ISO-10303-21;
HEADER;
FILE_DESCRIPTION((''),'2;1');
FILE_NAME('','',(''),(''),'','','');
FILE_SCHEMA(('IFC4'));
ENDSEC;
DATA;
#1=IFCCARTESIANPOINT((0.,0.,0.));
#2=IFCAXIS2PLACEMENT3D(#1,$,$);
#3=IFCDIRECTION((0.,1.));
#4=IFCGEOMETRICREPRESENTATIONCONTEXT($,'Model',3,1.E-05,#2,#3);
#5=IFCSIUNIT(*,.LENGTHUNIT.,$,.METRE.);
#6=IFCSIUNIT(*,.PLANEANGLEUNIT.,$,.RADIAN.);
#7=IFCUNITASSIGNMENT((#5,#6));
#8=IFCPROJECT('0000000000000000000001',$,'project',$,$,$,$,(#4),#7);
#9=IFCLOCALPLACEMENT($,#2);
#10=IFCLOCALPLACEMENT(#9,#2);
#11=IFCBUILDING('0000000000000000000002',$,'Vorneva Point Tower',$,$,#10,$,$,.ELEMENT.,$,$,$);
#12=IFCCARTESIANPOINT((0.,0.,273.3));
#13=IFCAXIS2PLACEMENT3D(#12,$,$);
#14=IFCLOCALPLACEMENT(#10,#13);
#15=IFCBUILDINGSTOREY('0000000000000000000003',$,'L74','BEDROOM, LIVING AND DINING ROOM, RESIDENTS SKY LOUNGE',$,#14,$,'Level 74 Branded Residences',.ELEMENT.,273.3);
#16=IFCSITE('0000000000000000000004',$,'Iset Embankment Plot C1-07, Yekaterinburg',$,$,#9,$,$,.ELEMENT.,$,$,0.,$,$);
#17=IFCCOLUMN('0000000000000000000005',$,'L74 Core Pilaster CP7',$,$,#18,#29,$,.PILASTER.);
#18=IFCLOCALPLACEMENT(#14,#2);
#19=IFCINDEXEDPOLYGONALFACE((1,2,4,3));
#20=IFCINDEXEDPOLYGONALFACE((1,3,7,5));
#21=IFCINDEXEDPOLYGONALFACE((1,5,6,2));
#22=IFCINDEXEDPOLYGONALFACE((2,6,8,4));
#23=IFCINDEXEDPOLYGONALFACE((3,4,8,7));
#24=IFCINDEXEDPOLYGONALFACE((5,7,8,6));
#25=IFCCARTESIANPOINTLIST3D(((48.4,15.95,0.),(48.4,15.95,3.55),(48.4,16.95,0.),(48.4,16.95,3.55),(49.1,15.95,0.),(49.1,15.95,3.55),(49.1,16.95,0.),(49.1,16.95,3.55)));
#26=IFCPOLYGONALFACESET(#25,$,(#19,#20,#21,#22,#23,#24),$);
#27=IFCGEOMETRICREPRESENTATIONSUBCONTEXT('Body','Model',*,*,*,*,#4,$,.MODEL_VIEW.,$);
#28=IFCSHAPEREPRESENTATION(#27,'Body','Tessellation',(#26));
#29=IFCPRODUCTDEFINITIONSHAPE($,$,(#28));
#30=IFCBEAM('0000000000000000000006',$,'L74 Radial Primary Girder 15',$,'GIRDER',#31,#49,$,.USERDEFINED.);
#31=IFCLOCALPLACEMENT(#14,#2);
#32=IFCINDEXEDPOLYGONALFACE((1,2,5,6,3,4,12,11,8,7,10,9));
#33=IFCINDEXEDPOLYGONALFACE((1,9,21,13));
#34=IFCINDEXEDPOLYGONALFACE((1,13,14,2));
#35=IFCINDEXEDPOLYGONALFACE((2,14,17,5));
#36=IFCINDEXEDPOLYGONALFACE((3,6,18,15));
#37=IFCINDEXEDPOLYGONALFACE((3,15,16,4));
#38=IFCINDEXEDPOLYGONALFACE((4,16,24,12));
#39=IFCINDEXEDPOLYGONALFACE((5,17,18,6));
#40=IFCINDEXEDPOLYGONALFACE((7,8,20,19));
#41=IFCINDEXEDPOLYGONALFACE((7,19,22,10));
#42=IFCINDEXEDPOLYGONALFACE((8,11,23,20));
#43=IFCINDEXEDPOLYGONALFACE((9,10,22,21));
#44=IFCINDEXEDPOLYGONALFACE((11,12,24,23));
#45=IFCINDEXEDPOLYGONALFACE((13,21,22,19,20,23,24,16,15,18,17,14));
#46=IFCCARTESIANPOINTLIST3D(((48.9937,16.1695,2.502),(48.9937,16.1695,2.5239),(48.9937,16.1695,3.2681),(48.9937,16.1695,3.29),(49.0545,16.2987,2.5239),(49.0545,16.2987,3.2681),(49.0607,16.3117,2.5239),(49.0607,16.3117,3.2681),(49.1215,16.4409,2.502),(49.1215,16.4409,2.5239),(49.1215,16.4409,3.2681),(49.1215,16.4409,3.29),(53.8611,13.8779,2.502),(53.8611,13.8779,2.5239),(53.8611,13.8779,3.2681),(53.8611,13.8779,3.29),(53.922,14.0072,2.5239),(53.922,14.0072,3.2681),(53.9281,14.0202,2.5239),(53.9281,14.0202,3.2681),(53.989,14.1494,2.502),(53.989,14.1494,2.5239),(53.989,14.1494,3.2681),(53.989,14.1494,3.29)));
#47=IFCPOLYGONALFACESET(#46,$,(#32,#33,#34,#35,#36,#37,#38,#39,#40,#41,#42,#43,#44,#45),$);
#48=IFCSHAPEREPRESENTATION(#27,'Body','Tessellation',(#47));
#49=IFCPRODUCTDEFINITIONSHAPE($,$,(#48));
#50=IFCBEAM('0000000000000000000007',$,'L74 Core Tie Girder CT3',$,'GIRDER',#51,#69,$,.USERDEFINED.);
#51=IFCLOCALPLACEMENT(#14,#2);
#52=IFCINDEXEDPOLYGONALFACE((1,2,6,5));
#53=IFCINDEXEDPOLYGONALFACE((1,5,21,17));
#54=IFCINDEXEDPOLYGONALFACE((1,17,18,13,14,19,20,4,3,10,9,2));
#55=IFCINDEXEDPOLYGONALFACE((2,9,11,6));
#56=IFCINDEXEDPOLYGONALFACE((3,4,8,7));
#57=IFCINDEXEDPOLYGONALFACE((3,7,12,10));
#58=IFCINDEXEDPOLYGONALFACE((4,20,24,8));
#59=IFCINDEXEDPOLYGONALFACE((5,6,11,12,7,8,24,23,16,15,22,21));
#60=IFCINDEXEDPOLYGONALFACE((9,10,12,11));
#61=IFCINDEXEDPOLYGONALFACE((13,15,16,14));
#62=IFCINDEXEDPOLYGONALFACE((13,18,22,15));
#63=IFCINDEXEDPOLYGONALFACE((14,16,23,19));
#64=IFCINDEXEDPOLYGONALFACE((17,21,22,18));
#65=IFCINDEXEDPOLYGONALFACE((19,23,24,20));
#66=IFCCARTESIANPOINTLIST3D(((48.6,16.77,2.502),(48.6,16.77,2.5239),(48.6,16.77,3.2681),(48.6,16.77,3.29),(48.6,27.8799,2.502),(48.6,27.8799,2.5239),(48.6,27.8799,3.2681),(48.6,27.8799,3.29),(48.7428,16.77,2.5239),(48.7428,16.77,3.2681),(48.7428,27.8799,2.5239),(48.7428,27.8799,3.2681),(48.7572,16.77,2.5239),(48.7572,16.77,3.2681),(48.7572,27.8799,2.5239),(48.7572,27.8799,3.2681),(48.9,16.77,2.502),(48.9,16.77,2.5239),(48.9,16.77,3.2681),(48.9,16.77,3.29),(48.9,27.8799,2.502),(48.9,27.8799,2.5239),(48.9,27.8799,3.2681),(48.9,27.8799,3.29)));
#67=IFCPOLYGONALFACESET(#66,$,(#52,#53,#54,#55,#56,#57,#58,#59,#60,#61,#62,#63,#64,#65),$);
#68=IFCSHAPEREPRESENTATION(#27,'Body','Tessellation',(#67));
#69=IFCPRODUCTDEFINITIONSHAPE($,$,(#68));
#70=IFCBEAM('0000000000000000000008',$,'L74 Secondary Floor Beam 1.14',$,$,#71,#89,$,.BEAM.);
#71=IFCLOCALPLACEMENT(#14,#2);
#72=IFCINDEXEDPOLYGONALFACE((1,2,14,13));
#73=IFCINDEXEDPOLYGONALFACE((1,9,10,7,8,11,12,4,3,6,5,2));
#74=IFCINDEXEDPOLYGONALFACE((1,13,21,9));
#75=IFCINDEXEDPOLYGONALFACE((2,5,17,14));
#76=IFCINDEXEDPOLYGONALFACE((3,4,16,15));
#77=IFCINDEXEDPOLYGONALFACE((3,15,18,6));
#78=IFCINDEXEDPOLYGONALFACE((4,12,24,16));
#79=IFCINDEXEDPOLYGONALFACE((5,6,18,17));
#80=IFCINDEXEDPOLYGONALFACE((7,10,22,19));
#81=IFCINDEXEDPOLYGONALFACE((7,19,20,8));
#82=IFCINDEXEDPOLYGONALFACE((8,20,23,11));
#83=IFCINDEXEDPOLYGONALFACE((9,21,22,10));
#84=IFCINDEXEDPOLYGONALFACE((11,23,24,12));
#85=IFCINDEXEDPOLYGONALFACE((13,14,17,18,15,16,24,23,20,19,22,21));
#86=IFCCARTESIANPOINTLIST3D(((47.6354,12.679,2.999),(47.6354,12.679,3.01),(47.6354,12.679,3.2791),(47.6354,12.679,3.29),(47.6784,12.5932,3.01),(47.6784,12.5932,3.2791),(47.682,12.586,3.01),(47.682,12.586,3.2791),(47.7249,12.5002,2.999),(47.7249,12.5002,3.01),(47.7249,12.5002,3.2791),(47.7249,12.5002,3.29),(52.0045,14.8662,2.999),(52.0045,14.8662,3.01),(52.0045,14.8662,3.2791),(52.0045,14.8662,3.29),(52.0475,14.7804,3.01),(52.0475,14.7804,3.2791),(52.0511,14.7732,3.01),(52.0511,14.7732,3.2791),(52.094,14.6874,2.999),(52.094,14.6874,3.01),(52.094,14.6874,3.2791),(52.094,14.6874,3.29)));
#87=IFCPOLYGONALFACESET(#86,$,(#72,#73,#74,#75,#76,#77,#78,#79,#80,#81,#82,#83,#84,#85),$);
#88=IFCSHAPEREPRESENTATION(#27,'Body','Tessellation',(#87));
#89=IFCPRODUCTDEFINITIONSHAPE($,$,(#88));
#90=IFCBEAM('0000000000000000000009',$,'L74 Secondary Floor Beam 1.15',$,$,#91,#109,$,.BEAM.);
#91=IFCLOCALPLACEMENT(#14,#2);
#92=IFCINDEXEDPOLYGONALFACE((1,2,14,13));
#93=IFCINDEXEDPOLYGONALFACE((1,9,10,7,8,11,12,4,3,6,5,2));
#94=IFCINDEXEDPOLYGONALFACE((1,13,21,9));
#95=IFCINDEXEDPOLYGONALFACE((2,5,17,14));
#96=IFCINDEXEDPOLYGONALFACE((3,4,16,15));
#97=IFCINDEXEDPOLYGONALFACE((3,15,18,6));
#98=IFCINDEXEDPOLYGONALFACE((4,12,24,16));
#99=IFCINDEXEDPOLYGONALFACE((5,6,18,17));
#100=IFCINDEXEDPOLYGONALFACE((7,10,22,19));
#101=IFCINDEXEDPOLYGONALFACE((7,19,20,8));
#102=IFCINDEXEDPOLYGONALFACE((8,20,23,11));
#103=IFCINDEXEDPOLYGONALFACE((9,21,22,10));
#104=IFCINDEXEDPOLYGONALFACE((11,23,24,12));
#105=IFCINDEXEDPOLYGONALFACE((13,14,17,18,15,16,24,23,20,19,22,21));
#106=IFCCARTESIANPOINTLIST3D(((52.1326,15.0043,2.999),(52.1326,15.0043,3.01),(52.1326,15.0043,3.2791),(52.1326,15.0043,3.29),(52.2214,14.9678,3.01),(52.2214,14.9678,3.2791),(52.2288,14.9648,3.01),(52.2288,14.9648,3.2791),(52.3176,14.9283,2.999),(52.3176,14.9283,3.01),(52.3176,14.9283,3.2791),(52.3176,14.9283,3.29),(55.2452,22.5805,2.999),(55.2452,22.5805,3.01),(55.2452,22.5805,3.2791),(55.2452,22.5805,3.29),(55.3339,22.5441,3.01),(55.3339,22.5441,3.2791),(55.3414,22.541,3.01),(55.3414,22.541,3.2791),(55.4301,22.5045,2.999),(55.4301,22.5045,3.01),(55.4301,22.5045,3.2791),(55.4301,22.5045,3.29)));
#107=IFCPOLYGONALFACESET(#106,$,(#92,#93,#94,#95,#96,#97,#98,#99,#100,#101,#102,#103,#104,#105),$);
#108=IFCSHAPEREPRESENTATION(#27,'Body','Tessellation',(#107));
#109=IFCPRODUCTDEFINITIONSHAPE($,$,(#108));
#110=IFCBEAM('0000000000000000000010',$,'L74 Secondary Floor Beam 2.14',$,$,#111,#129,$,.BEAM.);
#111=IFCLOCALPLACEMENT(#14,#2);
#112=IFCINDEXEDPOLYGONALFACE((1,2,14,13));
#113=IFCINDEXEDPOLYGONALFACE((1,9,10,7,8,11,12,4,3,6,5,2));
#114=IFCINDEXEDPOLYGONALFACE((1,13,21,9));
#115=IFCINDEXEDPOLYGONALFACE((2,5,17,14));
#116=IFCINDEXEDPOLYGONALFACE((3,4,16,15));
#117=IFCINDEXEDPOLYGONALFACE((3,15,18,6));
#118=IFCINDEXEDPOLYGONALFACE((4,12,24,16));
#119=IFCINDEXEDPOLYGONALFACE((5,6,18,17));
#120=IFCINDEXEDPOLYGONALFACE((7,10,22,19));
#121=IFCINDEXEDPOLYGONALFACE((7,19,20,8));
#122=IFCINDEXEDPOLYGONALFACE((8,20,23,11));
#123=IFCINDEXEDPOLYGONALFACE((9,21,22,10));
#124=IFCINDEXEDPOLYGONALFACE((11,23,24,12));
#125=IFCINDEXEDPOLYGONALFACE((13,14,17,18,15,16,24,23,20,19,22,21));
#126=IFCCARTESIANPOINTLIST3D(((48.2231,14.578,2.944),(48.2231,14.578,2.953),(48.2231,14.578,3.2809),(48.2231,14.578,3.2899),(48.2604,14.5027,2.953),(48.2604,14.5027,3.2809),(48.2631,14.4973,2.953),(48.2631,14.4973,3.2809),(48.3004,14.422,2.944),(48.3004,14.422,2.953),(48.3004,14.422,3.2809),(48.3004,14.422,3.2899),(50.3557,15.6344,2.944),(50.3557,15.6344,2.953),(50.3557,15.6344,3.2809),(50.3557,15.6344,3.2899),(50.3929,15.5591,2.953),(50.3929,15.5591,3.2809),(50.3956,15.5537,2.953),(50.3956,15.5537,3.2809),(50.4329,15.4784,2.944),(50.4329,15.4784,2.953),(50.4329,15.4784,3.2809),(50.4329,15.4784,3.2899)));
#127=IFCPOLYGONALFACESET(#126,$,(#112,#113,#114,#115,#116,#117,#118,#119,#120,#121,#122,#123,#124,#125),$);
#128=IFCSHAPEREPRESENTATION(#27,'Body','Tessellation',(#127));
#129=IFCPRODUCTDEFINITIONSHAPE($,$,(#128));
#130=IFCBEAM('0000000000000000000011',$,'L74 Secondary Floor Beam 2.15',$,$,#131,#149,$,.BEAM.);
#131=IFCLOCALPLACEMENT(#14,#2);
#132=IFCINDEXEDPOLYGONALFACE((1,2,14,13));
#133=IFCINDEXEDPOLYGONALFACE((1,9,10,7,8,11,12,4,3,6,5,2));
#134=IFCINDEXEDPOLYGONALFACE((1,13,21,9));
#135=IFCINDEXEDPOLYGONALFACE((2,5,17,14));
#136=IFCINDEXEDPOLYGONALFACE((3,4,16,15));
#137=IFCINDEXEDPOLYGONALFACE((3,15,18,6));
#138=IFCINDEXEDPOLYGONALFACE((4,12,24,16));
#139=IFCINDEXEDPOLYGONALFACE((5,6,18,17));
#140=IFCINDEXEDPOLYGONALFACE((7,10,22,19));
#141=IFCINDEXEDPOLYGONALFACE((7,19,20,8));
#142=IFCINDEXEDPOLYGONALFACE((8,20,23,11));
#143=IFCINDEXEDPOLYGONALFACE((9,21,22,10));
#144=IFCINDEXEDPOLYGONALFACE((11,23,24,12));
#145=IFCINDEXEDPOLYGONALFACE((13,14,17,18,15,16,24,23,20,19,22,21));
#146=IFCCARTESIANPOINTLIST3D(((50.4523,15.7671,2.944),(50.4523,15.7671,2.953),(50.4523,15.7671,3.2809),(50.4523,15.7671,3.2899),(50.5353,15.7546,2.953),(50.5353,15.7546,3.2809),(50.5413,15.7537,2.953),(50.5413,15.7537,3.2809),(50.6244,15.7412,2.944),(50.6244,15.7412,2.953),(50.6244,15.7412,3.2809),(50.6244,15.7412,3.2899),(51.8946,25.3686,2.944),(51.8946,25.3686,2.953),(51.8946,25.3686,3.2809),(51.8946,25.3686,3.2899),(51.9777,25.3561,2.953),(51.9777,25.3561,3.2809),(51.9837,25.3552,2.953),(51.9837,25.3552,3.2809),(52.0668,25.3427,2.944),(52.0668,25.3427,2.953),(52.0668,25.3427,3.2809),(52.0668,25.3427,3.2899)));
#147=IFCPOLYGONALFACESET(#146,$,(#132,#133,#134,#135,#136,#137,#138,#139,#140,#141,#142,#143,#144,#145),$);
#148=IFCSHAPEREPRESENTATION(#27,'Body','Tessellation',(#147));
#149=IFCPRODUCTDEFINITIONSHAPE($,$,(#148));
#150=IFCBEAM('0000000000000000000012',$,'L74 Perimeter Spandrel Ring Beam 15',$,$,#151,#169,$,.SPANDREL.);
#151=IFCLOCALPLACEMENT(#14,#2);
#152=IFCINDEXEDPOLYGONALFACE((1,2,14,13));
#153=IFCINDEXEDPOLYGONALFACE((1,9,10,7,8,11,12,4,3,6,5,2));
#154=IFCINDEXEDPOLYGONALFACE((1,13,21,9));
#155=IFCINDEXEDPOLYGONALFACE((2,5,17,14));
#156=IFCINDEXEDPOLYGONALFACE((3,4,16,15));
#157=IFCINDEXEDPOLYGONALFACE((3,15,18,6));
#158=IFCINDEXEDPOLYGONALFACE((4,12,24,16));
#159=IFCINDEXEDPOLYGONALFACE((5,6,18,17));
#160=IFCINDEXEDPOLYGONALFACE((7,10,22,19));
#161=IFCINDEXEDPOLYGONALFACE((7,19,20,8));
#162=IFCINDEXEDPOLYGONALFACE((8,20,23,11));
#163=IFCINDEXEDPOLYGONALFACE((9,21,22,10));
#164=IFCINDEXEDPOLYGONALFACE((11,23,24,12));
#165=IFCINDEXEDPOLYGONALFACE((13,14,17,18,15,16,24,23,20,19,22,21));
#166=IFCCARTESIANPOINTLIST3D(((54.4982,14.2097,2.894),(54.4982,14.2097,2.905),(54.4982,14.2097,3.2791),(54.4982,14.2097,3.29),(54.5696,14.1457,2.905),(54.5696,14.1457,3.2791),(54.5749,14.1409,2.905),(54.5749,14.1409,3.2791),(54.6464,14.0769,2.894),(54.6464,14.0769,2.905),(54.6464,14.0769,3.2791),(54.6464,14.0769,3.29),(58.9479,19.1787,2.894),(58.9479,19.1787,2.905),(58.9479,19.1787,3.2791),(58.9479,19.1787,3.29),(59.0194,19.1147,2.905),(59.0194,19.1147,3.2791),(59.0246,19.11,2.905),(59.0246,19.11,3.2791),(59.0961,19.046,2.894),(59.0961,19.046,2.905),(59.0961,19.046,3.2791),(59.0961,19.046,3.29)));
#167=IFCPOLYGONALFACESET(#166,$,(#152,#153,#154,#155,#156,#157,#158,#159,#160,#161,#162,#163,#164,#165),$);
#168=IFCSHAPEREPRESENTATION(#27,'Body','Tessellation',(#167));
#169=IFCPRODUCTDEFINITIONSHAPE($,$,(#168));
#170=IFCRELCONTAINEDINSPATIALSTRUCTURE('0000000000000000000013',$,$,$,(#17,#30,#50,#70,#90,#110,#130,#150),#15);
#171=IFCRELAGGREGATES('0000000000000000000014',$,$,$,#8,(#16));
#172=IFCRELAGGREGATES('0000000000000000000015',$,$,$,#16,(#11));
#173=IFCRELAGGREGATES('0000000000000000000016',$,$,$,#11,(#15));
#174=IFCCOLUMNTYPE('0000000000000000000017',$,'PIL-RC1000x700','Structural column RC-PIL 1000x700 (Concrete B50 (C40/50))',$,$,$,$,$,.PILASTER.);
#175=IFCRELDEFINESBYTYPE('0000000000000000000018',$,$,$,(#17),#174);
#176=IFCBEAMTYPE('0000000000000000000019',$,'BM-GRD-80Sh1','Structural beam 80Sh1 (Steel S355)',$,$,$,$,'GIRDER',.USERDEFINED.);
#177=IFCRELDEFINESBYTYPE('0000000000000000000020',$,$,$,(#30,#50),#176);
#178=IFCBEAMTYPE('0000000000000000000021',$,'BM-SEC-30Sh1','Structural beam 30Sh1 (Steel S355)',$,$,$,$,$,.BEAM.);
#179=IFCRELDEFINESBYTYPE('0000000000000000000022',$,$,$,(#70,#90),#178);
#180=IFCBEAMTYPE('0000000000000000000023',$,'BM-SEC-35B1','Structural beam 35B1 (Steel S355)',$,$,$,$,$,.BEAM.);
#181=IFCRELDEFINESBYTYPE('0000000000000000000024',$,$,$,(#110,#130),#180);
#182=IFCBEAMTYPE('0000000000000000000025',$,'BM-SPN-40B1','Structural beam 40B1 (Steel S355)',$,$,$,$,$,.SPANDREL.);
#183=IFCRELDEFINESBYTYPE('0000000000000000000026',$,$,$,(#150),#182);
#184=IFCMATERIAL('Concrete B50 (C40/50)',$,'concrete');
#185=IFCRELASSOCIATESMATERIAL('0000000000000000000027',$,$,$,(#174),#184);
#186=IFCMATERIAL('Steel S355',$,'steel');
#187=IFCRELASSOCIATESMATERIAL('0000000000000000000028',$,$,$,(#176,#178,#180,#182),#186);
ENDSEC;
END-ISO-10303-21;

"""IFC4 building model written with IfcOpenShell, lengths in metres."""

from ifc_helpers import new_model, si_unit, direction, frame, origin, origin_2d, place, context, subcontext, project, spatial, rectangle, i_section, extrude, material, material_profile, profile_set, type_object, element, save


model = new_model("IFC4")

# Units and contexts
model_context = context("Model", 3, precision=1e-05, world=origin(), true_north=direction((0.0, 1.0)))
body_context = subcontext(model_context, "Body", "Model", "MODEL_VIEW")
ifc_project = project(units=[si_unit("LENGTHUNIT", "METRE"), si_unit("PLANEANGLEUNIT", "RADIAN")], contexts=[model_context])

# Site, building, storey
site_placement = place(None, origin())
site = spatial("IfcSite", under=ifc_project, at=site_placement, Name="Iset Embankment Plot C1-07, Yekaterinburg", CompositionType="ELEMENT", RefElevation=0.0)
building_placement = place(site_placement, origin())
building = spatial("IfcBuilding", under=site, at=building_placement, Name="Vorneva Point Tower", CompositionType="ELEMENT")
storey_placement = place(building_placement, frame((0.0, 0.0, 273.3)))
storey = spatial("IfcBuildingStorey", under=building, at=storey_placement, Name="L74", Description="BEDROOM, LIVING AND DINING ROOM, RESIDENTS SKY LOUNGE", LongName="Level 74 Branded Residences", CompositionType="ELEMENT", Elevation=273.3)

# Column
ifc_material_1 = material(Name="Concrete B50 (C40/50)", Category="concrete")
ifc_material_profile_1 = material_profile(ifc_material_1, rectangle(XDim=0.7, YDim=1.0, at=origin_2d()), Name="RC-PIL 1000x700")
ifc_profile_set_1 = profile_set([ifc_material_profile_1], Name="Concrete B50 (C40/50)")
column_type_1 = type_object("IfcColumnType", Name="PIL-RC1000x700", Description="Structural column RC-PIL 1000x700 (Concrete B50 (C40/50))", PredefinedType="PILASTER", material=ifc_profile_set_1)
column_1_placement = place(storey_placement, frame((48.75, 16.45, 0.0), z_axis=(0.0, 0.0, 1.0), x_axis=(1.0, 0.0, 0.0)))
element("IfcColumn", 1, at=column_1_placement, inside=storey, type_object=column_type_1, Name="L74 Core Pilaster CP7", PredefinedType="PILASTER", context=body_context, shape_type="SweptSolid", body=[
    extrude(rectangle(XDim=0.7, YDim=1.0, at=origin_2d()), origin(), (0.0, 0.0, 1.0), 3.55),
])

# Beams
ifc_material_2 = material(Name="Steel S355", Category="steel")
ifc_material_profile_2 = material_profile(ifc_material_2, i_section(OverallWidth=0.3, OverallDepth=0.7881, WebThickness=0.0144, FlangeThickness=0.022, at=origin_2d()), Name="80Sh1")
ifc_profile_set_2 = profile_set([ifc_material_profile_2], Name="Steel S355")
beam_type_1 = type_object("IfcBeamType", Name="BM-GRD-80Sh1", Description="Structural beam 80Sh1 (Steel S355)", ElementType="GIRDER", PredefinedType="USERDEFINED", material=ifc_profile_set_2)
beam_1_placement = place(storey_placement, frame((53.925, 14.0137, 2.896), z_axis=(-0.904751, 0.425941, 0.0), x_axis=(-0.425941, -0.904751, 0.0)))
element("IfcBeam", 2, at=beam_1_placement, inside=storey, type_object=beam_type_1, Name="L74 Radial Primary Girder 15", ObjectType="GIRDER", PredefinedType="USERDEFINED", context=body_context, shape_type="SweptSolid", body=[
    extrude(i_section(OverallWidth=0.3, OverallDepth=0.7881, WebThickness=0.0144, FlangeThickness=0.022, at=origin_2d()), origin(), (0.0, 0.0, 1.0), 5.3799),
])
beam_2_placement = place(storey_placement, frame((48.75, 16.77, 2.896), z_axis=(0.0, 1.0, 0.0), x_axis=(-1.0, 0.0, 0.0)))
element("IfcBeam", 3, at=beam_2_placement, inside=storey, type_object=beam_type_1, Name="L74 Core Tie Girder CT3", ObjectType="GIRDER", PredefinedType="USERDEFINED", context=body_context, shape_type="SweptSolid", body=[
    extrude(i_section(OverallWidth=0.3, OverallDepth=0.7881, WebThickness=0.0144, FlangeThickness=0.022, at=origin_2d()), origin(), (0.0, 0.0, 1.0), 11.1099),
])
ifc_material_profile_3 = material_profile(ifc_material_2, i_section(OverallWidth=0.2, OverallDepth=0.291, WebThickness=0.0081, FlangeThickness=0.011, at=origin_2d()), Name="30Sh1")
ifc_profile_set_3 = profile_set([ifc_material_profile_3], Name="Steel S355")
beam_type_2 = type_object("IfcBeamType", Name="BM-SEC-30Sh1", Description="Structural beam 30Sh1 (Steel S355)", PredefinedType="BEAM", material=ifc_profile_set_3)
beam_3_placement = place(storey_placement, frame((47.6802, 12.5896, 3.1445), z_axis=(0.894207, 0.447653, 0.0), x_axis=(-0.447653, 0.894207, 0.0)))
element("IfcBeam", 4, at=beam_3_placement, inside=storey, type_object=beam_type_2, Name="L74 Secondary Floor Beam 1.14", PredefinedType="BEAM", context=body_context, shape_type="SweptSolid", body=[
    extrude(i_section(OverallWidth=0.2, OverallDepth=0.291, WebThickness=0.0081, FlangeThickness=0.011, at=origin_2d()), origin(), (0.0, 0.0, 1.0), 4.886),
])
beam_4_placement = place(storey_placement, frame((52.2251, 14.9663, 3.1445), z_axis=(0.380014, 0.924981, 0.0), x_axis=(-0.924981, 0.380014, 0.0)))
element("IfcBeam", 5, at=beam_4_placement, inside=storey, type_object=beam_type_2, Name="L74 Secondary Floor Beam 1.15", PredefinedType="BEAM", context=body_context, shape_type="SweptSolid", body=[
    extrude(i_section(OverallWidth=0.2, OverallDepth=0.291, WebThickness=0.0081, FlangeThickness=0.011, at=origin_2d()), origin(), (0.0, 0.0, 1.0), 8.1907),
])
ifc_material_profile_4 = material_profile(ifc_material_2, i_section(OverallWidth=0.1741, OverallDepth=0.3459, WebThickness=0.0061, FlangeThickness=0.009, at=origin_2d()), Name="35B1")
ifc_profile_set_4 = profile_set([ifc_material_profile_4], Name="Steel S355")
beam_type_3 = type_object("IfcBeamType", Name="BM-SEC-35B1", Description="Structural beam 35B1 (Steel S355)", PredefinedType="BEAM", material=ifc_profile_set_4)
beam_5_placement = place(storey_placement, frame((48.2617, 14.5, 3.1169), z_axis=(0.896083, 0.443887, 0.0), x_axis=(-0.443887, 0.896083, 0.0)))
element("IfcBeam", 6, at=beam_5_placement, inside=storey, type_object=beam_type_3, Name="L74 Secondary Floor Beam 2.14", PredefinedType="BEAM", context=body_context, shape_type="SweptSolid", body=[
    extrude(i_section(OverallWidth=0.1741, OverallDepth=0.3459, WebThickness=0.0061, FlangeThickness=0.009, at=origin_2d()), origin(), (0.0, 0.0, 1.0), 2.3799),
])
beam_6_placement = place(storey_placement, frame((50.5383, 15.7542, 3.1169), z_axis=(0.148557, 0.988904, 0.0), x_axis=(-0.988904, 0.148557, 0.0)))
element("IfcBeam", 7, at=beam_6_placement, inside=storey, type_object=beam_type_3, Name="L74 Secondary Floor Beam 2.15", PredefinedType="BEAM", context=body_context, shape_type="SweptSolid", body=[
    extrude(i_section(OverallWidth=0.1741, OverallDepth=0.3459, WebThickness=0.0061, FlangeThickness=0.009, at=origin_2d()), origin(), (0.0, 0.0, 1.0), 9.7092),
])
ifc_material_profile_5 = material_profile(ifc_material_2, i_section(OverallWidth=0.199, OverallDepth=0.396, WebThickness=0.0071, FlangeThickness=0.011, at=origin_2d()), Name="40B1")
ifc_profile_set_5 = profile_set([ifc_material_profile_5], Name="Steel S355")
beam_type_4 = type_object("IfcBeamType", Name="BM-SPN-40B1", Description="Structural beam 40B1 (Steel S355)", PredefinedType="SPANDREL", material=ifc_profile_set_5)
beam_7_placement = place(storey_placement, frame((54.5723, 14.1433, 3.092), z_axis=(0.667108, 0.744961, 0.0), x_axis=(-0.744961, 0.667108, 0.0)))
element("IfcBeam", 8, at=beam_7_placement, inside=storey, type_object=beam_type_4, Name="L74 Perimeter Spandrel Ring Beam 15", PredefinedType="SPANDREL", context=body_context, shape_type="SweptSolid", body=[
    extrude(i_section(OverallWidth=0.199, OverallDepth=0.396, WebThickness=0.0071, FlangeThickness=0.011, at=origin_2d()), origin(), (0.0, 0.0, 1.0), 6.6702),
])

save(model, "model.ifc")
